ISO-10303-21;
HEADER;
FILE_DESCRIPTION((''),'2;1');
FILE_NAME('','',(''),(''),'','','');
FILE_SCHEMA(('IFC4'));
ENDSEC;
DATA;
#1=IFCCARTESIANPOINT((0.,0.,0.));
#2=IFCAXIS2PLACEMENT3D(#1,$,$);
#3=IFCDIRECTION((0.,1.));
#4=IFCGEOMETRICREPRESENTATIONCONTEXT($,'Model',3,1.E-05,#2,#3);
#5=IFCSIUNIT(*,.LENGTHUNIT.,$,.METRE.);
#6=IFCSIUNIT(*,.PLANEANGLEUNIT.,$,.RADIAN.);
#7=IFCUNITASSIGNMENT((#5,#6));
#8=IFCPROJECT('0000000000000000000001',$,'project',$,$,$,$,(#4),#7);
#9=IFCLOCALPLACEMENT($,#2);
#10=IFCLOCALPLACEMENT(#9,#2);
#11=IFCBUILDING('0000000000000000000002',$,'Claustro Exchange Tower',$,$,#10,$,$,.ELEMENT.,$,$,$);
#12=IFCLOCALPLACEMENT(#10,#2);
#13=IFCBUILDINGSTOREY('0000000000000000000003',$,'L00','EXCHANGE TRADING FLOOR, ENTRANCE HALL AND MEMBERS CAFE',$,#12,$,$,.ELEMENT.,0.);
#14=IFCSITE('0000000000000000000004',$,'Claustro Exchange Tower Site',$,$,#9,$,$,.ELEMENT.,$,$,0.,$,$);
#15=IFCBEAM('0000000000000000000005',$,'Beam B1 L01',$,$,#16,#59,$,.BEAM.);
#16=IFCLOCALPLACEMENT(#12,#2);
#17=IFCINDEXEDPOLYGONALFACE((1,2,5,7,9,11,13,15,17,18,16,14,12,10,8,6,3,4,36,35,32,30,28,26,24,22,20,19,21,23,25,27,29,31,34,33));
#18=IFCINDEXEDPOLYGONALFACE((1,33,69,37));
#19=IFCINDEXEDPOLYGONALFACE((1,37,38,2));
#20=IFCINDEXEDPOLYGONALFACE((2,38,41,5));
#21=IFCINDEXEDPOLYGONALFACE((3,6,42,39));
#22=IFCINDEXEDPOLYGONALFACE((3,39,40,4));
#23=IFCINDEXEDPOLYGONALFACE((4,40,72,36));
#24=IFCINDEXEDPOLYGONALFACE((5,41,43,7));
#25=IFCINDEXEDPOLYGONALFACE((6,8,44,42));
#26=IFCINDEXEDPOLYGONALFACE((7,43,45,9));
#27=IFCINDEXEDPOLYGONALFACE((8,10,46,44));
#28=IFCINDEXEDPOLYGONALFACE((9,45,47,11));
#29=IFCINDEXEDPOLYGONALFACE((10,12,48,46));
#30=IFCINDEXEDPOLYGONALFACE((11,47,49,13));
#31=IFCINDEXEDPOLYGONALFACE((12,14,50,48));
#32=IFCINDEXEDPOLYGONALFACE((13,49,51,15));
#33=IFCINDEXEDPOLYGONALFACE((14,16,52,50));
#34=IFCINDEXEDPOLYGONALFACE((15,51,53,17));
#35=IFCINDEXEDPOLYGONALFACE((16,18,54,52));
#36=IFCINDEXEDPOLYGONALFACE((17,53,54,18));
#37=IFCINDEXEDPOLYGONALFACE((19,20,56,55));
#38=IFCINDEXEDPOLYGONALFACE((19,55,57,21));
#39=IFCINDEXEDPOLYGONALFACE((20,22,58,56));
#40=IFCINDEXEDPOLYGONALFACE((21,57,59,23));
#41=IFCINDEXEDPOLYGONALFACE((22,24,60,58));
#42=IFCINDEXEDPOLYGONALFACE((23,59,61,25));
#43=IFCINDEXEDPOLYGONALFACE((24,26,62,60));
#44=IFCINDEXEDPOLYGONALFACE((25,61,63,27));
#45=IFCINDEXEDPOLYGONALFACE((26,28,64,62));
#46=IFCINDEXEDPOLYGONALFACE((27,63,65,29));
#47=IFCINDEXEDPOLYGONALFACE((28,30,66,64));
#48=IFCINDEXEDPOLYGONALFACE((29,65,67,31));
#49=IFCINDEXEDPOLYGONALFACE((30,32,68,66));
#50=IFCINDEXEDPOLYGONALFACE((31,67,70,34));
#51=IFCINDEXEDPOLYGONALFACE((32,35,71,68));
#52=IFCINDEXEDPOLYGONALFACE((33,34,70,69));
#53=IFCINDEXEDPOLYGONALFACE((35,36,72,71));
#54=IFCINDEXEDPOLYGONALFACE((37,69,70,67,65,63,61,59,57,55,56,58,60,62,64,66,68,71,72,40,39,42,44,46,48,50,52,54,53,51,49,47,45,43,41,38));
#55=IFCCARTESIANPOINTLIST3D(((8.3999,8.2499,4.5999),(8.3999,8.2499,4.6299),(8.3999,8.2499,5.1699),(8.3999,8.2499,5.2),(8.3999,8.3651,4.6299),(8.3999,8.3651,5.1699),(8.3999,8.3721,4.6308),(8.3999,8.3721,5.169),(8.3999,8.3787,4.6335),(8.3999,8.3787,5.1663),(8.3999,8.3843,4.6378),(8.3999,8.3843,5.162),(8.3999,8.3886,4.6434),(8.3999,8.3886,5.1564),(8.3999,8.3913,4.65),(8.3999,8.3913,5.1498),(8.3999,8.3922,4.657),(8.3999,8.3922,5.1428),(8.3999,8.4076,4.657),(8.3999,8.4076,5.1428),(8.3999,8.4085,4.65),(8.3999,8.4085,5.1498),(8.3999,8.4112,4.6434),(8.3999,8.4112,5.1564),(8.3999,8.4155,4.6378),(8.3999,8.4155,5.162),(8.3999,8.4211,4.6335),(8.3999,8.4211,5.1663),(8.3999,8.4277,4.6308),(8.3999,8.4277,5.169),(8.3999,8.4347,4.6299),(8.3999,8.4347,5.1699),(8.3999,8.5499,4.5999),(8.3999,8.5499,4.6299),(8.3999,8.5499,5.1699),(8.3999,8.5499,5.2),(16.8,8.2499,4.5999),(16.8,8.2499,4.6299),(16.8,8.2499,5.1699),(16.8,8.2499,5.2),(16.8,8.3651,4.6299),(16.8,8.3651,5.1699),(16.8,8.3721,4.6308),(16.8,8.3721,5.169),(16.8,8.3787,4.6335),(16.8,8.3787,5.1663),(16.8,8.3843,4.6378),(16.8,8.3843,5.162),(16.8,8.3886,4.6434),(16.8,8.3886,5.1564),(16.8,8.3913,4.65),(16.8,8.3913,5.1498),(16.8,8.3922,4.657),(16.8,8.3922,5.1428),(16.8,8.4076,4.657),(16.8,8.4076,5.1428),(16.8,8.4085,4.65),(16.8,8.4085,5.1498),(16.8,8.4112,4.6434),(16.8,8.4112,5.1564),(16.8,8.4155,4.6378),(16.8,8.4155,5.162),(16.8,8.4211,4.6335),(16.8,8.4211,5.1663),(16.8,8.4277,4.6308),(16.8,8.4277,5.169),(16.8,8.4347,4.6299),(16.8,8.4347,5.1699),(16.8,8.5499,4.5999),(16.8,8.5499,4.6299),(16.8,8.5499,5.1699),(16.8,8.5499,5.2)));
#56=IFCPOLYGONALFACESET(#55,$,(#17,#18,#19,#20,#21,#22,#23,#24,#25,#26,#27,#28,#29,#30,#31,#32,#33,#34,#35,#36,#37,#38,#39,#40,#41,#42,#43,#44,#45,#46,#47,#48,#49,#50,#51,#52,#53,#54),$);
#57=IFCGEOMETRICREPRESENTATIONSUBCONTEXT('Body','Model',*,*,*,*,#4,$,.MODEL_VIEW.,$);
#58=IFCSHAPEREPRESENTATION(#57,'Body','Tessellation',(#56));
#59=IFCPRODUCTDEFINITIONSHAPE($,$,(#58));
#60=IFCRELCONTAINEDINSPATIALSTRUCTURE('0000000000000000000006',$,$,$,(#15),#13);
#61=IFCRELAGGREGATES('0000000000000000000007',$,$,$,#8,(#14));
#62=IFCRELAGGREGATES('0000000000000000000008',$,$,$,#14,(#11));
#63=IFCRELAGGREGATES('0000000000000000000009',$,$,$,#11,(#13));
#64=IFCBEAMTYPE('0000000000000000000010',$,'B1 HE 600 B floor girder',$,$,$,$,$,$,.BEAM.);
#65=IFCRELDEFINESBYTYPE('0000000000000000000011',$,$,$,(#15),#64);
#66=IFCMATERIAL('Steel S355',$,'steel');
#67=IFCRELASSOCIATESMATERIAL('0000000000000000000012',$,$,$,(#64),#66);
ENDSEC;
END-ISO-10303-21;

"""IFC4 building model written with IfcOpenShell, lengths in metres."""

from ifc_helpers import new_model, si_unit, direction, frame, origin, origin_2d, place, context, subcontext, project, spatial, i_section, extrude, material, material_profile, profile_set, type_object, element, save


model = new_model("IFC4")

# Units and contexts
model_context = context("Model", 3, precision=1e-05, world=origin(), true_north=direction((0.0, 1.0)))
body_context = subcontext(model_context, "Body", "Model", "MODEL_VIEW")
ifc_project = project(units=[si_unit("LENGTHUNIT", "METRE"), si_unit("PLANEANGLEUNIT", "RADIAN")], contexts=[model_context])

# Site, building, storey
site_placement = place(None, origin())
site = spatial("IfcSite", under=ifc_project, at=site_placement, Name="Claustro Exchange Tower Site", CompositionType="ELEMENT", RefElevation=0.0)
building_placement = place(site_placement, origin())
building = spatial("IfcBuilding", under=site, at=building_placement, Name="Claustro Exchange Tower", CompositionType="ELEMENT")
storey_placement = place(building_placement, origin())
storey = spatial("IfcBuildingStorey", under=building, at=storey_placement, Name="L00", Description="EXCHANGE TRADING FLOOR, ENTRANCE HALL AND MEMBERS CAFE", CompositionType="ELEMENT", Elevation=0.0)

# Beam
ifc_material_1 = material(Name="Steel S355", Category="steel")
ifc_material_profile = material_profile(ifc_material_1, i_section(OverallWidth=0.3, OverallDepth=0.6001, WebThickness=0.0154, FlangeThickness=0.03, FilletRadius=0.0271, at=origin_2d()), Name="HE 600 B")
ifc_profile_set = profile_set([ifc_material_profile], Name="Steel S355")
beam_type = type_object("IfcBeamType", Name="B1 HE 600 B floor girder", PredefinedType="BEAM", material=ifc_profile_set)
beam_placement = place(storey_placement, frame((8.3999, 8.3999, 4.8999), z_axis=(1.0, 0.0, 0.0), x_axis=(0.0, 1.0, 0.0)))
element("IfcBeam", 1, at=beam_placement, inside=storey, type_object=beam_type, Name="Beam B1 L01", PredefinedType="BEAM", context=body_context, shape_type="SweptSolid", body=[
    extrude(i_section(OverallWidth=0.3, OverallDepth=0.6001, WebThickness=0.0154, FlangeThickness=0.03, FilletRadius=0.0271, at=origin_2d()), origin(), (0.0, 0.0, 1.0), 8.4001),
])

save(model, "model.ifc")
